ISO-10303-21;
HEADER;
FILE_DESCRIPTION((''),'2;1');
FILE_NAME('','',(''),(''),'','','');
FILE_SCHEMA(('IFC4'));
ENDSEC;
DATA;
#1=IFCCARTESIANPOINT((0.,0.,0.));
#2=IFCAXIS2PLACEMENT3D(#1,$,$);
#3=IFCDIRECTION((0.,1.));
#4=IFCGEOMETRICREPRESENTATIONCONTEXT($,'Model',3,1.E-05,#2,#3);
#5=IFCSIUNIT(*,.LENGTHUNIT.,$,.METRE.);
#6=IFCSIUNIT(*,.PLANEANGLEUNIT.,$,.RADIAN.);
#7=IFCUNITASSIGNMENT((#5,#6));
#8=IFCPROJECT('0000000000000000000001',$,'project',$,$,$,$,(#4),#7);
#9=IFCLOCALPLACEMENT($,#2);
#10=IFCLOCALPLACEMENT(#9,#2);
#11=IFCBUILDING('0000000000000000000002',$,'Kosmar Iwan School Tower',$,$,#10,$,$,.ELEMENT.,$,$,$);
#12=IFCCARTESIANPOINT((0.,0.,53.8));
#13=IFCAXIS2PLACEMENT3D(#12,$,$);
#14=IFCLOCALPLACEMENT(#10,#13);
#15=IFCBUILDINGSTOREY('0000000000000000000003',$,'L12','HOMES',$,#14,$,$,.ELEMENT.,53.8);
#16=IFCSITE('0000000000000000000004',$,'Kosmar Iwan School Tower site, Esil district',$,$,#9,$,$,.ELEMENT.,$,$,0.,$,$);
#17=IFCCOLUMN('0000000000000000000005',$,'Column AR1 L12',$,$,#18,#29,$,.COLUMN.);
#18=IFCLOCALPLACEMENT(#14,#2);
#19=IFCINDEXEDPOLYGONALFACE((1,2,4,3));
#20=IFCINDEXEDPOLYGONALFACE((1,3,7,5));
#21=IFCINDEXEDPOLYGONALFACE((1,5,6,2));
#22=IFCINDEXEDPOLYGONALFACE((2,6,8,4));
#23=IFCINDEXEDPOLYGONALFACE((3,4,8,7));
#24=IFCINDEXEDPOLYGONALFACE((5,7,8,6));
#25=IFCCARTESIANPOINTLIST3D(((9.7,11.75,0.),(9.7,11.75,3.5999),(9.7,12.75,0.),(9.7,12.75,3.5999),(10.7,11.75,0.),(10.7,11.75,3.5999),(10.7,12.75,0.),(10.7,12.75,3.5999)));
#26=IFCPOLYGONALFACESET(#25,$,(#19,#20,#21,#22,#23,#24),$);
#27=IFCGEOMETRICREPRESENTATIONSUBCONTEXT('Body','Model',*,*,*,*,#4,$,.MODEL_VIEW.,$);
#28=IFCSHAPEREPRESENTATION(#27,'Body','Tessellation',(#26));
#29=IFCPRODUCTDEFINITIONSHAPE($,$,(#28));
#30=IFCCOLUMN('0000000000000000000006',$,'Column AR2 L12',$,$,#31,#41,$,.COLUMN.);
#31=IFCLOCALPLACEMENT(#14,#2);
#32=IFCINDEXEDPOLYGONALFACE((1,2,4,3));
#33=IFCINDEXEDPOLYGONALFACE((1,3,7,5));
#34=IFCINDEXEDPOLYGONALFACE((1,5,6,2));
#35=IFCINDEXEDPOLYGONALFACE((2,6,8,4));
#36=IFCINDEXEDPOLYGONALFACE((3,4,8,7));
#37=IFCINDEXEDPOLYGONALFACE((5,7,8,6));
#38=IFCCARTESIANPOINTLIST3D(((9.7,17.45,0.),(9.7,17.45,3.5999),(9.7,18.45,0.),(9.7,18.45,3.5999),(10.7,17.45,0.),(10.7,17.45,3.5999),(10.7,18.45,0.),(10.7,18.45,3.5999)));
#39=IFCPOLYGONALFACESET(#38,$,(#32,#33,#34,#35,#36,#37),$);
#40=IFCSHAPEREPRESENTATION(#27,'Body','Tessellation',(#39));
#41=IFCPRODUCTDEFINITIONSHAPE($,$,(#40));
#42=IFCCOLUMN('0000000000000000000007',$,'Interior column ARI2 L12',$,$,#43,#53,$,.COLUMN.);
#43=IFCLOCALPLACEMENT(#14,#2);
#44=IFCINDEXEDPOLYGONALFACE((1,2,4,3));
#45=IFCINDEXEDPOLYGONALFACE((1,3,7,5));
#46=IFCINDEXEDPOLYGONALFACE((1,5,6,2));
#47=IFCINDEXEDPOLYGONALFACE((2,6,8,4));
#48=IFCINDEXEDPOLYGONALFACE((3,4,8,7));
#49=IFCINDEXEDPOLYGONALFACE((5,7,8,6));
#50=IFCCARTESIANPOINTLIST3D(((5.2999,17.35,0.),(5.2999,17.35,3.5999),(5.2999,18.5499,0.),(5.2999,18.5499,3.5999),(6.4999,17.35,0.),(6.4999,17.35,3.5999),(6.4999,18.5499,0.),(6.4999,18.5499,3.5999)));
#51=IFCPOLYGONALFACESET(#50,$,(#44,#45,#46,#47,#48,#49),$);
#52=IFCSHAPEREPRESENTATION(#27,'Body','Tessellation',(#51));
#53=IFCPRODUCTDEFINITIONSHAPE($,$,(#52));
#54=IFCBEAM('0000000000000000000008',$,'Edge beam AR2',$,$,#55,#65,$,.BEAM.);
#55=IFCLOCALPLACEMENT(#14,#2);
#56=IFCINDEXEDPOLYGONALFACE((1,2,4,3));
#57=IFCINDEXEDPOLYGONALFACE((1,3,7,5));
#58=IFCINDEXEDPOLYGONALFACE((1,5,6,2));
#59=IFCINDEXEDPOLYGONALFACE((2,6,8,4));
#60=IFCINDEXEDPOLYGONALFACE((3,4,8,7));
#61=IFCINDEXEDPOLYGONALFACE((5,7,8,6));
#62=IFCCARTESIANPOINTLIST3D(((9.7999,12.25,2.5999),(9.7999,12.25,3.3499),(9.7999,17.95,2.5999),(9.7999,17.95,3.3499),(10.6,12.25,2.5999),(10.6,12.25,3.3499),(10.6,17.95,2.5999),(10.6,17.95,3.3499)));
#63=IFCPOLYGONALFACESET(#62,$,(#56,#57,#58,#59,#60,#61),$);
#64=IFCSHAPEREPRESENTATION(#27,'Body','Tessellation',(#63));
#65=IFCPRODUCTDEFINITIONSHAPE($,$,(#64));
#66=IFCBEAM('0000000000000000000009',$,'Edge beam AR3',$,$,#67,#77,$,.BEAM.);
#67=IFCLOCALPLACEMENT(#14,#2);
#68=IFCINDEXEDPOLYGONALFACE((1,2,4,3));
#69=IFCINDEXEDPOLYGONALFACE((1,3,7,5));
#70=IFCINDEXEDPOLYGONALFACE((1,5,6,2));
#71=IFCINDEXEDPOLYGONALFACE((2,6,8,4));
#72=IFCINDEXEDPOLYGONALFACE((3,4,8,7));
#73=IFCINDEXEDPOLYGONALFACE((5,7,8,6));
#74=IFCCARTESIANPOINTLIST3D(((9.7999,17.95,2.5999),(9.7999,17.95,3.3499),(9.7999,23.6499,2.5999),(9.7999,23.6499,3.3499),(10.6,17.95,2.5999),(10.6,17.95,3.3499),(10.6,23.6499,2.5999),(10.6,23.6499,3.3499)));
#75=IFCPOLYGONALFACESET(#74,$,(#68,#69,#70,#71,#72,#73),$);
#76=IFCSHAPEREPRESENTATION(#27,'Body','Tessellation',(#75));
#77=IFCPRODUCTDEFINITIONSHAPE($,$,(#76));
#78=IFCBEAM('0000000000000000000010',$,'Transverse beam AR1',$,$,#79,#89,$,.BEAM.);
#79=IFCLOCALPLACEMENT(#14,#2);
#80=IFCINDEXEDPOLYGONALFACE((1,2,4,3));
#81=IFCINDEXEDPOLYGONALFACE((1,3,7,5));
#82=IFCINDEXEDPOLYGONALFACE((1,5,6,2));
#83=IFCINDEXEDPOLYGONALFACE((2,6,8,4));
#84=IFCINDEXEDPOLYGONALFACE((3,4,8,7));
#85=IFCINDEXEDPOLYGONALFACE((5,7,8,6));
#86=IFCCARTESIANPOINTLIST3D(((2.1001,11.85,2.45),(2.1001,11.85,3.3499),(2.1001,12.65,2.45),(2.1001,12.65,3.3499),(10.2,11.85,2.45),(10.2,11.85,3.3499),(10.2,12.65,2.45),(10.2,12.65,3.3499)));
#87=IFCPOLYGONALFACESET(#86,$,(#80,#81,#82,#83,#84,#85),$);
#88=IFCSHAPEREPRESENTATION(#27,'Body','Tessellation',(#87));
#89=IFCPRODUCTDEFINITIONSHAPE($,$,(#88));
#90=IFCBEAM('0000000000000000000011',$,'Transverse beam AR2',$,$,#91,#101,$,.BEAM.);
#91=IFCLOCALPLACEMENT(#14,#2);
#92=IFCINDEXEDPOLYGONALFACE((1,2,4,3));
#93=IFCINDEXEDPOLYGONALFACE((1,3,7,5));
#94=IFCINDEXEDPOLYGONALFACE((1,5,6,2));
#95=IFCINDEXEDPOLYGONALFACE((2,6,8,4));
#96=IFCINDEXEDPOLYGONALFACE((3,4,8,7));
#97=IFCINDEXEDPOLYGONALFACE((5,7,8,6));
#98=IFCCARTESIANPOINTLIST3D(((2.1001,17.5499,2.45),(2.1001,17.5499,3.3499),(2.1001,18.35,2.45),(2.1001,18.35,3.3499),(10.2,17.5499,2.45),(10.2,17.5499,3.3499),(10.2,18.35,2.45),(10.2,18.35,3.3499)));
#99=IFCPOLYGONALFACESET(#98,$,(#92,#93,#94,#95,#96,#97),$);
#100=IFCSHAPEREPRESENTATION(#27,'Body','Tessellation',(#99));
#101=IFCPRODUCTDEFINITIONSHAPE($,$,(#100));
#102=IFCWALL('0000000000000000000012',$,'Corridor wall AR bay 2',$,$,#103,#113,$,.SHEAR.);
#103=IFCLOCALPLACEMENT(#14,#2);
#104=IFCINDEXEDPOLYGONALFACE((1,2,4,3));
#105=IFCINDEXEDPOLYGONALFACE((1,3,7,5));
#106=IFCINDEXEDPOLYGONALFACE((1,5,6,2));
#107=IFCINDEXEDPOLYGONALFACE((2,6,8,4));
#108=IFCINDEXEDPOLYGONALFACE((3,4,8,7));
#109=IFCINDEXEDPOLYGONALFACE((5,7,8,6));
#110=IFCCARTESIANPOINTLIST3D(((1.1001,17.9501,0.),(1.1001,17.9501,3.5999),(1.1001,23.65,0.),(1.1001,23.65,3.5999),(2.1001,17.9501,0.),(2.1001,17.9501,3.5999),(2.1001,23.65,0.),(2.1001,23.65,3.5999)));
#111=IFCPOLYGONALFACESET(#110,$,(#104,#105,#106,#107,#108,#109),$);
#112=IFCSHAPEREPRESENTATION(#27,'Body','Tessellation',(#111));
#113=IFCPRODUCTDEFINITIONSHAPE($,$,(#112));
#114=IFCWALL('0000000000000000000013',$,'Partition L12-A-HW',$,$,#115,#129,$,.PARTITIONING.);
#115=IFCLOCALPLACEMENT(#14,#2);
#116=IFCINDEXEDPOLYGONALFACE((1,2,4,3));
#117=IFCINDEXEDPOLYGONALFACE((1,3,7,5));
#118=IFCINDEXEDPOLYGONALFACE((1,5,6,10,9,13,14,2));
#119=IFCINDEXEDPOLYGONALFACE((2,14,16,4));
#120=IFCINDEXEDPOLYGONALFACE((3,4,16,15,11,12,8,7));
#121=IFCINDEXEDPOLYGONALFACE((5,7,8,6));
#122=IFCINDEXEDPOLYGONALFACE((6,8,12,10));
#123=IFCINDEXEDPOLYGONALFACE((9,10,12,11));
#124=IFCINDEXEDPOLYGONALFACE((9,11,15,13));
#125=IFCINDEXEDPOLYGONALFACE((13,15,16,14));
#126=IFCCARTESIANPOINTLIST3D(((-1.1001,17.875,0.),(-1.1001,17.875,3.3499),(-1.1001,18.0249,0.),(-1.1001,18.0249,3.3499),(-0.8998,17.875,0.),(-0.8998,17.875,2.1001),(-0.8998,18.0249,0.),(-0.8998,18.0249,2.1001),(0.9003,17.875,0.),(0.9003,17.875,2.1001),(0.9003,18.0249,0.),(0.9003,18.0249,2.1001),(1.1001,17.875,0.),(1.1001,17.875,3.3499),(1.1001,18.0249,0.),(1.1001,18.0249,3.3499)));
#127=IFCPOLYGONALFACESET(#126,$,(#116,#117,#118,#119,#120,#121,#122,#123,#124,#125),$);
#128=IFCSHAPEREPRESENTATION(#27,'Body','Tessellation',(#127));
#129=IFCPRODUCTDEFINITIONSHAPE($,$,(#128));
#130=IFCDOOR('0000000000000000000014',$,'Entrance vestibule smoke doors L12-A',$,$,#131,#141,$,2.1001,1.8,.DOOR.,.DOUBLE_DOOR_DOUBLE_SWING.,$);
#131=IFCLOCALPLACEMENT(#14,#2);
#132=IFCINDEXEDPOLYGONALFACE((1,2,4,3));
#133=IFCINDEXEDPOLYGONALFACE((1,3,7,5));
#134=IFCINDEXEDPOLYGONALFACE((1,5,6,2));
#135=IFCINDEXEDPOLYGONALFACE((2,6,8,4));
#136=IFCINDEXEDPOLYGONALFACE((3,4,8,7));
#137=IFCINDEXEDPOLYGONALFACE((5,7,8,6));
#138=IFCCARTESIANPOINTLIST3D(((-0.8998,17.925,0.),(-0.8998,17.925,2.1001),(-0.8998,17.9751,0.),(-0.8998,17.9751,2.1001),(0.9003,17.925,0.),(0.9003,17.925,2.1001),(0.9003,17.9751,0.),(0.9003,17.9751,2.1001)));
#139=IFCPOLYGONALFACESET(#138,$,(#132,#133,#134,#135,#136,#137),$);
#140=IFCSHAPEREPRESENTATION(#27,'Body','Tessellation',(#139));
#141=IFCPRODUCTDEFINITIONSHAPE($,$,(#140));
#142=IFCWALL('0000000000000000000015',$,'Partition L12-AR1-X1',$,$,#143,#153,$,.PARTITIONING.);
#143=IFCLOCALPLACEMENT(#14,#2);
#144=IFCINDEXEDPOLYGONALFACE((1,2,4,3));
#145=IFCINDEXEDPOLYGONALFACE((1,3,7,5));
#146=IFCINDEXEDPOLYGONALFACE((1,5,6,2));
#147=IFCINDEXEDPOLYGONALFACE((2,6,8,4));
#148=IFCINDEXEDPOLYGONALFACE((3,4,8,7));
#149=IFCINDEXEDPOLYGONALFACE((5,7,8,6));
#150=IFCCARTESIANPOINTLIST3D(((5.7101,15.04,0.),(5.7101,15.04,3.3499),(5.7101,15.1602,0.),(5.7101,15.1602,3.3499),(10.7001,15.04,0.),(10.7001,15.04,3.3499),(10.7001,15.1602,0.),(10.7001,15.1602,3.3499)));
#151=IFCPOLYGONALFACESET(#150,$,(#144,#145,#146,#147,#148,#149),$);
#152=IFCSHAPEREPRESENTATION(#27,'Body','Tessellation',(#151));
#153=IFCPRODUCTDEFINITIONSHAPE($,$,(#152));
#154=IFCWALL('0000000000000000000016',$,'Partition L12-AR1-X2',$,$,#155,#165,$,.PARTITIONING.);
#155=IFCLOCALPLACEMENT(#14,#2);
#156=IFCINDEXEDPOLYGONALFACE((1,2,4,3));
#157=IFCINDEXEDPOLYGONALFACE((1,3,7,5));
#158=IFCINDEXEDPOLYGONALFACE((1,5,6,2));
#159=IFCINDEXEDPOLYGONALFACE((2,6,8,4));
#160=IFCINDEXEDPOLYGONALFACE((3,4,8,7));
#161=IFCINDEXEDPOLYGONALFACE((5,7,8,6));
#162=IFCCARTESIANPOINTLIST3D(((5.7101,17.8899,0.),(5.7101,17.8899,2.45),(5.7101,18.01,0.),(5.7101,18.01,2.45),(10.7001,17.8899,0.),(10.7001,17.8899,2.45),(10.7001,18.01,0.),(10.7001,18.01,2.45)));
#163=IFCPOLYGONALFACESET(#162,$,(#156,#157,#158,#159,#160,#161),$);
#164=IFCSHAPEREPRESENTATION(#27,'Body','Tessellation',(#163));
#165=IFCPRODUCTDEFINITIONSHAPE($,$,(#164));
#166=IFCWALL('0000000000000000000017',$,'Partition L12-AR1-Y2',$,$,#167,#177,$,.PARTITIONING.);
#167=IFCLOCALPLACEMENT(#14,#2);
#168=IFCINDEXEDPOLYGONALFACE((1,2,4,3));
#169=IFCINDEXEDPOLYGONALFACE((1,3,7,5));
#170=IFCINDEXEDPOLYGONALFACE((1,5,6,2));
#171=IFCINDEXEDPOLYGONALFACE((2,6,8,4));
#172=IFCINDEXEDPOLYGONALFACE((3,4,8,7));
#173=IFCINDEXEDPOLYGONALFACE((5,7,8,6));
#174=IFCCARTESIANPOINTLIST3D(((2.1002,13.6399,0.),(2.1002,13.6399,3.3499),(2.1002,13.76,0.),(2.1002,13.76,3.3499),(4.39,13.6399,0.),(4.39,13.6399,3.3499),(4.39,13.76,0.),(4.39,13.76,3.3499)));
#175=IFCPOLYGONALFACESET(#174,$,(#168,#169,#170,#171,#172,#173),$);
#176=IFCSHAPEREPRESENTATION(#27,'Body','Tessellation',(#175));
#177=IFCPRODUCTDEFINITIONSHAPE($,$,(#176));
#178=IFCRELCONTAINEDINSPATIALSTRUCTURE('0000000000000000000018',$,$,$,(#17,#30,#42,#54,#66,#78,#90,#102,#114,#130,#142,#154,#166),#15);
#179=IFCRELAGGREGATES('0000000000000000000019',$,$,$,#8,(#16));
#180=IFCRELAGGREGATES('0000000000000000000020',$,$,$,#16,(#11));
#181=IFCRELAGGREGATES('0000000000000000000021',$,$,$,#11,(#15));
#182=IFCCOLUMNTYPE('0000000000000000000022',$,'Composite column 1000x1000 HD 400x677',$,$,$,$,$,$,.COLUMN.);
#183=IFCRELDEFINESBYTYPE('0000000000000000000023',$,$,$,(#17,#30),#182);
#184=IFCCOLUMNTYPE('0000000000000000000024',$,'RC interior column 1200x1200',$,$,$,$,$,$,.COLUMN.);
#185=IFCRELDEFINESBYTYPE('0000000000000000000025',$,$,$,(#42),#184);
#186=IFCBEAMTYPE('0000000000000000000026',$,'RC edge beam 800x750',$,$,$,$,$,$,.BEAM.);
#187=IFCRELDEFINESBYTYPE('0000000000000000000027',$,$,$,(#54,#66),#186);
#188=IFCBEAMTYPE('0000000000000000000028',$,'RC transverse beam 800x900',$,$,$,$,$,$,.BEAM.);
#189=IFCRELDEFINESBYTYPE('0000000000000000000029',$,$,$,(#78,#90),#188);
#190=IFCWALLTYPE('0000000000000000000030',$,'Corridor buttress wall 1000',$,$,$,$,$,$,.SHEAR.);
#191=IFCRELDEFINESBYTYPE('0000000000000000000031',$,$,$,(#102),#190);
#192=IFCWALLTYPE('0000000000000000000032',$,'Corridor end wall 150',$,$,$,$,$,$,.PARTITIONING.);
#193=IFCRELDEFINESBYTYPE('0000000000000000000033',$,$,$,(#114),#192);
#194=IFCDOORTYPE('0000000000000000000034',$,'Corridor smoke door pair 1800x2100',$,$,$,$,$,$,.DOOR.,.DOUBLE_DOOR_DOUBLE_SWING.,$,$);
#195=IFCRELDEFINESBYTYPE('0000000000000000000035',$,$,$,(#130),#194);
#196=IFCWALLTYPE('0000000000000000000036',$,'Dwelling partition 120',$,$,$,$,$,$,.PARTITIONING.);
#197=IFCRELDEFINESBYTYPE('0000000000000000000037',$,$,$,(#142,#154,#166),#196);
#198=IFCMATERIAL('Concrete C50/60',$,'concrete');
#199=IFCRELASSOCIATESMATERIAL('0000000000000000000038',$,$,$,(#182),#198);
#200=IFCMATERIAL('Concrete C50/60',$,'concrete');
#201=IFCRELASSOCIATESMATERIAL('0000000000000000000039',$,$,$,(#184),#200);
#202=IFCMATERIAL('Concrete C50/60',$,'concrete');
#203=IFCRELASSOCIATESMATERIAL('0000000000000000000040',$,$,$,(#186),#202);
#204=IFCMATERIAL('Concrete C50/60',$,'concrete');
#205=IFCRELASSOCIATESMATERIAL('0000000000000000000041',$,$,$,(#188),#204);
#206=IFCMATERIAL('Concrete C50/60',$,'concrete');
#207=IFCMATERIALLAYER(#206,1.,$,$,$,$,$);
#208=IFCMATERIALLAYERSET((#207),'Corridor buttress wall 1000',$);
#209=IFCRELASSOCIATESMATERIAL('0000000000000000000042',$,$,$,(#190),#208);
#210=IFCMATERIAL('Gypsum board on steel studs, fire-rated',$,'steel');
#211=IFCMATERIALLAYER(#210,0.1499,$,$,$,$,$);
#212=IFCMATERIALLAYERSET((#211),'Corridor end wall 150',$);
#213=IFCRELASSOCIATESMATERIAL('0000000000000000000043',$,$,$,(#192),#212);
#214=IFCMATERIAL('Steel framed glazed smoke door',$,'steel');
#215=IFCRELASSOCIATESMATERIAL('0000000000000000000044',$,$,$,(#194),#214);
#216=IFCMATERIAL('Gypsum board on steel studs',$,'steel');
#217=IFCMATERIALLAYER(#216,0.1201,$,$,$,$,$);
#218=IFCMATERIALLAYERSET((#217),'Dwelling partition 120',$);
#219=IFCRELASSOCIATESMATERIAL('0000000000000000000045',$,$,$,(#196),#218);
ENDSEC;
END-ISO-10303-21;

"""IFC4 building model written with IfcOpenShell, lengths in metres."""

from ifc_helpers import new_model, si_unit, direction, frame, frame_2d, origin, origin_2d, place, context, subcontext, project, spatial, rectangle, extrude, material, layer, layer_set, material_profile, profile_set, type_object, element, fill, save


model = new_model("IFC4")

# Units and contexts
model_context = context("Model", 3, precision=1e-05, world=origin(), true_north=direction((0.0, 1.0)))
body_context = subcontext(model_context, "Body", "Model", "MODEL_VIEW")
ifc_project = project(units=[si_unit("LENGTHUNIT", "METRE"), si_unit("PLANEANGLEUNIT", "RADIAN")], contexts=[model_context])

# Site, building, storey
site_placement = place(None, origin())
site = spatial("IfcSite", under=ifc_project, at=site_placement, Name="Kosmar Iwan School Tower site, Esil district", CompositionType="ELEMENT", RefElevation=0.0)
building_placement = place(site_placement, origin())
building = spatial("IfcBuilding", under=site, at=building_placement, Name="Kosmar Iwan School Tower", CompositionType="ELEMENT")
storey_placement = place(building_placement, frame((0.0, 0.0, 53.8)))
storey = spatial("IfcBuildingStorey", under=building, at=storey_placement, Name="L12", Description="HOMES", CompositionType="ELEMENT", Elevation=53.8)

# Columns
ifc_material_1 = material(Name="Concrete C50/60", Category="concrete")
ifc_material_profile_1 = material_profile(ifc_material_1, rectangle(XDim=1.0, YDim=1.0, at=origin_2d()), Name="RC 1000x1000 + HD 400x677")
ifc_profile_set_1 = profile_set([ifc_material_profile_1], Name="Concrete C50/60")
column_type_1 = type_object("IfcColumnType", Name="Composite column 1000x1000 HD 400x677", PredefinedType="COLUMN", material=ifc_profile_set_1)
for number, where, z_axis, x_axis, name in (
    (1, (10.2, 12.25, 0.0), (0.0, 0.0, 1.0), (0.0, 1.0, 0.0), "Column AR1 L12"),
    (2, (10.2, 17.95, 0.0), (0.0, 0.0, 1.0), (0.0, 1.0, 0.0), "Column AR2 L12"),
):
    element("IfcColumn", number, at=place(storey_placement, frame(where, z_axis=z_axis, x_axis=x_axis)), inside=storey, type_object=column_type_1, Name=name, PredefinedType="COLUMN", context=body_context, shape_type="SweptSolid", body=[
        extrude(rectangle(XDim=1.0, YDim=1.0, at=origin_2d()), origin(), (0.0, 0.0, 1.0), 3.5999),
    ])
ifc_material_2 = material(Name="Concrete C50/60", Category="concrete")
ifc_material_profile_2 = material_profile(ifc_material_2, rectangle(XDim=1.2, YDim=1.2, at=origin_2d()), Name="RC 1200x1200")
ifc_profile_set_2 = profile_set([ifc_material_profile_2], Name="Concrete C50/60")
column_type_2 = type_object("IfcColumnType", Name="RC interior column 1200x1200", PredefinedType="COLUMN", material=ifc_profile_set_2)
column_placement = place(storey_placement, frame((5.8999, 17.95, 0.0), z_axis=(0.0, 0.0, 1.0), x_axis=(0.0, 1.0, 0.0)))
element("IfcColumn", 3, at=column_placement, inside=storey, type_object=column_type_2, Name="Interior column ARI2 L12", PredefinedType="COLUMN", context=body_context, shape_type="SweptSolid", body=[
    extrude(rectangle(XDim=1.2, YDim=1.2, at=origin_2d()), origin(), (0.0, 0.0, 1.0), 3.5999),
])

# Beams
ifc_material_3 = material(Name="Concrete C50/60", Category="concrete")
ifc_material_profile_3 = material_profile(ifc_material_3, rectangle(XDim=0.8, YDim=0.75, at=origin_2d()), Name="RC 800x750")
ifc_profile_set_3 = profile_set([ifc_material_profile_3], Name="Concrete C50/60")
beam_type_1 = type_object("IfcBeamType", Name="RC edge beam 800x750", PredefinedType="BEAM", material=ifc_profile_set_3)
for number, where, z_axis, x_axis, name in (
    (4, (10.2, 12.25, 2.9749), (0.0, 1.0, 0.0), (-1.0, 0.0, 0.0), "Edge beam AR2"),
    (5, (10.2, 17.95, 2.9749), (0.0, 1.0, 0.0), (-1.0, 0.0, 0.0), "Edge beam AR3"),
):
    element("IfcBeam", number, at=place(storey_placement, frame(where, z_axis=z_axis, x_axis=x_axis)), inside=storey, type_object=beam_type_1, Name=name, PredefinedType="BEAM", context=body_context, shape_type="SweptSolid", body=[
        extrude(rectangle(XDim=0.8, YDim=0.75, at=origin_2d()), origin(), (0.0, 0.0, 1.0), 5.7),
    ])
ifc_material_4 = material(Name="Concrete C50/60", Category="concrete")
ifc_material_profile_4 = material_profile(ifc_material_4, rectangle(XDim=0.8, YDim=0.8999, at=origin_2d()), Name="RC 800x900")
ifc_profile_set_4 = profile_set([ifc_material_profile_4], Name="Concrete C50/60")
beam_type_2 = type_object("IfcBeamType", Name="RC transverse beam 800x900", PredefinedType="BEAM", material=ifc_profile_set_4)
for number, where, z_axis, x_axis, name in (
    (6, (10.2, 12.25, 2.8999), (-1.0, 0.0, 0.0), (0.0, -1.0, 0.0), "Transverse beam AR1"),
    (7, (10.2, 17.95, 2.8999), (-1.0, 0.0, 0.0), (0.0, -1.0, 0.0), "Transverse beam AR2"),
):
    element("IfcBeam", number, at=place(storey_placement, frame(where, z_axis=z_axis, x_axis=x_axis)), inside=storey, type_object=beam_type_2, Name=name, PredefinedType="BEAM", context=body_context, shape_type="SweptSolid", body=[
        extrude(rectangle(XDim=0.8, YDim=0.8999, at=origin_2d()), origin(), (0.0, 0.0, 1.0), 8.0999),
    ])

# Wall
ifc_material_5 = material(Name="Concrete C50/60", Category="concrete")
ifc_layer_1 = layer(ifc_material_5, 1.0)
ifc_layer_set_1 = layer_set([ifc_layer_1], Name="Corridor buttress wall 1000")
wall_type_1 = type_object("IfcWallType", Name="Corridor buttress wall 1000", PredefinedType="SHEAR", material=ifc_layer_set_1)
wall_1_placement = place(storey_placement, frame((1.6001, 17.95, 0.0), z_axis=(0.0, 0.0, 1.0), x_axis=(0.0, 1.0, 0.0)))
element("IfcWall", 8, at=wall_1_placement, inside=storey, type_object=wall_type_1, Name="Corridor wall AR bay 2", PredefinedType="SHEAR", context=body_context, shape_type="SweptSolid", body=[
    extrude(rectangle(XDim=5.7, YDim=1.0, at=frame_2d((2.8501, 0.0))), origin(), (0.0, 0.0, 1.0), 3.5999),
])

# Wall, opening, door
ifc_material_6 = material(Name="Gypsum board on steel studs, fire-rated", Category="steel")
ifc_layer_2 = layer(ifc_material_6, 0.1499)
ifc_layer_set_2 = layer_set([ifc_layer_2], Name="Corridor end wall 150")
wall_type_2 = type_object("IfcWallType", Name="Corridor end wall 150", PredefinedType="PARTITIONING", material=ifc_layer_set_2)
wall_2_placement = place(storey_placement, frame((1.1001, 17.95, 0.0), z_axis=(0.0, 0.0, 1.0), x_axis=(-1.0, 0.0, 0.0)))
wall_2 = element("IfcWall", 9, at=wall_2_placement, inside=storey, type_object=wall_type_2, Name="Partition L12-A-HW", PredefinedType="PARTITIONING", context=body_context, shape_type="SweptSolid", body=[
    extrude(rectangle(XDim=2.2002, YDim=0.1499, at=frame_2d((1.1001, 0.0))), origin(), (0.0, 0.0, 1.0), 3.3499),
])
opening_placement = place(wall_2_placement, frame((0.2, 0.0, 0.0)))
opening = element("IfcOpeningElement", 10, at=opening_placement, cuts=wall_2, PredefinedType="OPENING", context=body_context, shape_type="SweptSolid", body=[
    extrude(rectangle(XDim=1.8, YDim=2.1001, at=frame_2d((0.8999, 1.05))), frame((0.0, 0.0869, 0.0), z_axis=(0.0, -1.0, 0.0), x_axis=(1.0, 0.0, 0.0)), (0.0, 0.0, 1.0), 0.1738),
])
ifc_material_7 = material(Name="Steel framed glazed smoke door", Category="steel")
door_type = type_object("IfcDoorType", Name="Corridor smoke door pair 1800x2100", OperationType="DOUBLE_DOOR_DOUBLE_SWING", PredefinedType="DOOR", material=ifc_material_7)
door_placement = place(opening_placement, origin())
door = element("IfcDoor", 11, at=door_placement, inside=storey, type_object=door_type, Name="Entrance vestibule smoke doors L12-A", OperationType="DOUBLE_DOOR_DOUBLE_SWING", OverallHeight=2.1001, OverallWidth=1.8, PredefinedType="DOOR", context=body_context, shape_type="SweptSolid", body=[
    extrude(rectangle(XDim=1.8, YDim=2.1001, at=frame_2d((0.8999, 1.05))), frame((0.0, 0.0249, 0.0), z_axis=(0.0, -1.0, 0.0), x_axis=(1.0, 0.0, 0.0)), (0.0, 0.0, 1.0), 0.05),
])
fill(opening, door)

# Walls
ifc_material_8 = material(Name="Gypsum board on steel studs", Category="steel")
ifc_layer_3 = layer(ifc_material_8, 0.1201)
ifc_layer_set_3 = layer_set([ifc_layer_3], Name="Dwelling partition 120")
wall_type_3 = type_object("IfcWallType", Name="Dwelling partition 120", PredefinedType="PARTITIONING", material=ifc_layer_set_3)
wall_3_placement = place(storey_placement, frame((5.71, 15.1001, 0.0), z_axis=(0.0, 0.0, 1.0), x_axis=(1.0, 0.0, 0.0)))
element("IfcWall", 12, at=wall_3_placement, inside=storey, type_object=wall_type_3, Name="Partition L12-AR1-X1", PredefinedType="PARTITIONING", context=body_context, shape_type="SweptSolid", body=[
    extrude(rectangle(XDim=4.99, YDim=0.1201, at=frame_2d((2.4951, 0.0))), origin(), (0.0, 0.0, 1.0), 3.3499),
])
wall_4_placement = place(storey_placement, frame((5.71, 17.95, 0.0), z_axis=(0.0, 0.0, 1.0), x_axis=(1.0, 0.0, 0.0)))
element("IfcWall", 13, at=wall_4_placement, inside=storey, type_object=wall_type_3, Name="Partition L12-AR1-X2", PredefinedType="PARTITIONING", context=body_context, shape_type="SweptSolid", body=[
    extrude(rectangle(XDim=4.99, YDim=0.1201, at=frame_2d((2.4951, 0.0))), origin(), (0.0, 0.0, 1.0), 2.45),
])
for number, where, z_axis, x_axis, name in (
    (14, (2.1001, 13.7, 0.0), (0.0, 0.0, 1.0), (1.0, 0.0, 0.0), "Partition L12-AR1-Y2"),
):
    element("IfcWall", number, at=place(storey_placement, frame(where, z_axis=z_axis, x_axis=x_axis)), inside=storey, type_object=wall_type_3, Name=name, PredefinedType="PARTITIONING", context=body_context, shape_type="SweptSolid", body=[
        extrude(rectangle(XDim=2.2898, YDim=0.1201, at=frame_2d((1.145, 0.0))), origin(), (0.0, 0.0, 1.0), 3.3499),
    ])

save(model, "model.ifc")
